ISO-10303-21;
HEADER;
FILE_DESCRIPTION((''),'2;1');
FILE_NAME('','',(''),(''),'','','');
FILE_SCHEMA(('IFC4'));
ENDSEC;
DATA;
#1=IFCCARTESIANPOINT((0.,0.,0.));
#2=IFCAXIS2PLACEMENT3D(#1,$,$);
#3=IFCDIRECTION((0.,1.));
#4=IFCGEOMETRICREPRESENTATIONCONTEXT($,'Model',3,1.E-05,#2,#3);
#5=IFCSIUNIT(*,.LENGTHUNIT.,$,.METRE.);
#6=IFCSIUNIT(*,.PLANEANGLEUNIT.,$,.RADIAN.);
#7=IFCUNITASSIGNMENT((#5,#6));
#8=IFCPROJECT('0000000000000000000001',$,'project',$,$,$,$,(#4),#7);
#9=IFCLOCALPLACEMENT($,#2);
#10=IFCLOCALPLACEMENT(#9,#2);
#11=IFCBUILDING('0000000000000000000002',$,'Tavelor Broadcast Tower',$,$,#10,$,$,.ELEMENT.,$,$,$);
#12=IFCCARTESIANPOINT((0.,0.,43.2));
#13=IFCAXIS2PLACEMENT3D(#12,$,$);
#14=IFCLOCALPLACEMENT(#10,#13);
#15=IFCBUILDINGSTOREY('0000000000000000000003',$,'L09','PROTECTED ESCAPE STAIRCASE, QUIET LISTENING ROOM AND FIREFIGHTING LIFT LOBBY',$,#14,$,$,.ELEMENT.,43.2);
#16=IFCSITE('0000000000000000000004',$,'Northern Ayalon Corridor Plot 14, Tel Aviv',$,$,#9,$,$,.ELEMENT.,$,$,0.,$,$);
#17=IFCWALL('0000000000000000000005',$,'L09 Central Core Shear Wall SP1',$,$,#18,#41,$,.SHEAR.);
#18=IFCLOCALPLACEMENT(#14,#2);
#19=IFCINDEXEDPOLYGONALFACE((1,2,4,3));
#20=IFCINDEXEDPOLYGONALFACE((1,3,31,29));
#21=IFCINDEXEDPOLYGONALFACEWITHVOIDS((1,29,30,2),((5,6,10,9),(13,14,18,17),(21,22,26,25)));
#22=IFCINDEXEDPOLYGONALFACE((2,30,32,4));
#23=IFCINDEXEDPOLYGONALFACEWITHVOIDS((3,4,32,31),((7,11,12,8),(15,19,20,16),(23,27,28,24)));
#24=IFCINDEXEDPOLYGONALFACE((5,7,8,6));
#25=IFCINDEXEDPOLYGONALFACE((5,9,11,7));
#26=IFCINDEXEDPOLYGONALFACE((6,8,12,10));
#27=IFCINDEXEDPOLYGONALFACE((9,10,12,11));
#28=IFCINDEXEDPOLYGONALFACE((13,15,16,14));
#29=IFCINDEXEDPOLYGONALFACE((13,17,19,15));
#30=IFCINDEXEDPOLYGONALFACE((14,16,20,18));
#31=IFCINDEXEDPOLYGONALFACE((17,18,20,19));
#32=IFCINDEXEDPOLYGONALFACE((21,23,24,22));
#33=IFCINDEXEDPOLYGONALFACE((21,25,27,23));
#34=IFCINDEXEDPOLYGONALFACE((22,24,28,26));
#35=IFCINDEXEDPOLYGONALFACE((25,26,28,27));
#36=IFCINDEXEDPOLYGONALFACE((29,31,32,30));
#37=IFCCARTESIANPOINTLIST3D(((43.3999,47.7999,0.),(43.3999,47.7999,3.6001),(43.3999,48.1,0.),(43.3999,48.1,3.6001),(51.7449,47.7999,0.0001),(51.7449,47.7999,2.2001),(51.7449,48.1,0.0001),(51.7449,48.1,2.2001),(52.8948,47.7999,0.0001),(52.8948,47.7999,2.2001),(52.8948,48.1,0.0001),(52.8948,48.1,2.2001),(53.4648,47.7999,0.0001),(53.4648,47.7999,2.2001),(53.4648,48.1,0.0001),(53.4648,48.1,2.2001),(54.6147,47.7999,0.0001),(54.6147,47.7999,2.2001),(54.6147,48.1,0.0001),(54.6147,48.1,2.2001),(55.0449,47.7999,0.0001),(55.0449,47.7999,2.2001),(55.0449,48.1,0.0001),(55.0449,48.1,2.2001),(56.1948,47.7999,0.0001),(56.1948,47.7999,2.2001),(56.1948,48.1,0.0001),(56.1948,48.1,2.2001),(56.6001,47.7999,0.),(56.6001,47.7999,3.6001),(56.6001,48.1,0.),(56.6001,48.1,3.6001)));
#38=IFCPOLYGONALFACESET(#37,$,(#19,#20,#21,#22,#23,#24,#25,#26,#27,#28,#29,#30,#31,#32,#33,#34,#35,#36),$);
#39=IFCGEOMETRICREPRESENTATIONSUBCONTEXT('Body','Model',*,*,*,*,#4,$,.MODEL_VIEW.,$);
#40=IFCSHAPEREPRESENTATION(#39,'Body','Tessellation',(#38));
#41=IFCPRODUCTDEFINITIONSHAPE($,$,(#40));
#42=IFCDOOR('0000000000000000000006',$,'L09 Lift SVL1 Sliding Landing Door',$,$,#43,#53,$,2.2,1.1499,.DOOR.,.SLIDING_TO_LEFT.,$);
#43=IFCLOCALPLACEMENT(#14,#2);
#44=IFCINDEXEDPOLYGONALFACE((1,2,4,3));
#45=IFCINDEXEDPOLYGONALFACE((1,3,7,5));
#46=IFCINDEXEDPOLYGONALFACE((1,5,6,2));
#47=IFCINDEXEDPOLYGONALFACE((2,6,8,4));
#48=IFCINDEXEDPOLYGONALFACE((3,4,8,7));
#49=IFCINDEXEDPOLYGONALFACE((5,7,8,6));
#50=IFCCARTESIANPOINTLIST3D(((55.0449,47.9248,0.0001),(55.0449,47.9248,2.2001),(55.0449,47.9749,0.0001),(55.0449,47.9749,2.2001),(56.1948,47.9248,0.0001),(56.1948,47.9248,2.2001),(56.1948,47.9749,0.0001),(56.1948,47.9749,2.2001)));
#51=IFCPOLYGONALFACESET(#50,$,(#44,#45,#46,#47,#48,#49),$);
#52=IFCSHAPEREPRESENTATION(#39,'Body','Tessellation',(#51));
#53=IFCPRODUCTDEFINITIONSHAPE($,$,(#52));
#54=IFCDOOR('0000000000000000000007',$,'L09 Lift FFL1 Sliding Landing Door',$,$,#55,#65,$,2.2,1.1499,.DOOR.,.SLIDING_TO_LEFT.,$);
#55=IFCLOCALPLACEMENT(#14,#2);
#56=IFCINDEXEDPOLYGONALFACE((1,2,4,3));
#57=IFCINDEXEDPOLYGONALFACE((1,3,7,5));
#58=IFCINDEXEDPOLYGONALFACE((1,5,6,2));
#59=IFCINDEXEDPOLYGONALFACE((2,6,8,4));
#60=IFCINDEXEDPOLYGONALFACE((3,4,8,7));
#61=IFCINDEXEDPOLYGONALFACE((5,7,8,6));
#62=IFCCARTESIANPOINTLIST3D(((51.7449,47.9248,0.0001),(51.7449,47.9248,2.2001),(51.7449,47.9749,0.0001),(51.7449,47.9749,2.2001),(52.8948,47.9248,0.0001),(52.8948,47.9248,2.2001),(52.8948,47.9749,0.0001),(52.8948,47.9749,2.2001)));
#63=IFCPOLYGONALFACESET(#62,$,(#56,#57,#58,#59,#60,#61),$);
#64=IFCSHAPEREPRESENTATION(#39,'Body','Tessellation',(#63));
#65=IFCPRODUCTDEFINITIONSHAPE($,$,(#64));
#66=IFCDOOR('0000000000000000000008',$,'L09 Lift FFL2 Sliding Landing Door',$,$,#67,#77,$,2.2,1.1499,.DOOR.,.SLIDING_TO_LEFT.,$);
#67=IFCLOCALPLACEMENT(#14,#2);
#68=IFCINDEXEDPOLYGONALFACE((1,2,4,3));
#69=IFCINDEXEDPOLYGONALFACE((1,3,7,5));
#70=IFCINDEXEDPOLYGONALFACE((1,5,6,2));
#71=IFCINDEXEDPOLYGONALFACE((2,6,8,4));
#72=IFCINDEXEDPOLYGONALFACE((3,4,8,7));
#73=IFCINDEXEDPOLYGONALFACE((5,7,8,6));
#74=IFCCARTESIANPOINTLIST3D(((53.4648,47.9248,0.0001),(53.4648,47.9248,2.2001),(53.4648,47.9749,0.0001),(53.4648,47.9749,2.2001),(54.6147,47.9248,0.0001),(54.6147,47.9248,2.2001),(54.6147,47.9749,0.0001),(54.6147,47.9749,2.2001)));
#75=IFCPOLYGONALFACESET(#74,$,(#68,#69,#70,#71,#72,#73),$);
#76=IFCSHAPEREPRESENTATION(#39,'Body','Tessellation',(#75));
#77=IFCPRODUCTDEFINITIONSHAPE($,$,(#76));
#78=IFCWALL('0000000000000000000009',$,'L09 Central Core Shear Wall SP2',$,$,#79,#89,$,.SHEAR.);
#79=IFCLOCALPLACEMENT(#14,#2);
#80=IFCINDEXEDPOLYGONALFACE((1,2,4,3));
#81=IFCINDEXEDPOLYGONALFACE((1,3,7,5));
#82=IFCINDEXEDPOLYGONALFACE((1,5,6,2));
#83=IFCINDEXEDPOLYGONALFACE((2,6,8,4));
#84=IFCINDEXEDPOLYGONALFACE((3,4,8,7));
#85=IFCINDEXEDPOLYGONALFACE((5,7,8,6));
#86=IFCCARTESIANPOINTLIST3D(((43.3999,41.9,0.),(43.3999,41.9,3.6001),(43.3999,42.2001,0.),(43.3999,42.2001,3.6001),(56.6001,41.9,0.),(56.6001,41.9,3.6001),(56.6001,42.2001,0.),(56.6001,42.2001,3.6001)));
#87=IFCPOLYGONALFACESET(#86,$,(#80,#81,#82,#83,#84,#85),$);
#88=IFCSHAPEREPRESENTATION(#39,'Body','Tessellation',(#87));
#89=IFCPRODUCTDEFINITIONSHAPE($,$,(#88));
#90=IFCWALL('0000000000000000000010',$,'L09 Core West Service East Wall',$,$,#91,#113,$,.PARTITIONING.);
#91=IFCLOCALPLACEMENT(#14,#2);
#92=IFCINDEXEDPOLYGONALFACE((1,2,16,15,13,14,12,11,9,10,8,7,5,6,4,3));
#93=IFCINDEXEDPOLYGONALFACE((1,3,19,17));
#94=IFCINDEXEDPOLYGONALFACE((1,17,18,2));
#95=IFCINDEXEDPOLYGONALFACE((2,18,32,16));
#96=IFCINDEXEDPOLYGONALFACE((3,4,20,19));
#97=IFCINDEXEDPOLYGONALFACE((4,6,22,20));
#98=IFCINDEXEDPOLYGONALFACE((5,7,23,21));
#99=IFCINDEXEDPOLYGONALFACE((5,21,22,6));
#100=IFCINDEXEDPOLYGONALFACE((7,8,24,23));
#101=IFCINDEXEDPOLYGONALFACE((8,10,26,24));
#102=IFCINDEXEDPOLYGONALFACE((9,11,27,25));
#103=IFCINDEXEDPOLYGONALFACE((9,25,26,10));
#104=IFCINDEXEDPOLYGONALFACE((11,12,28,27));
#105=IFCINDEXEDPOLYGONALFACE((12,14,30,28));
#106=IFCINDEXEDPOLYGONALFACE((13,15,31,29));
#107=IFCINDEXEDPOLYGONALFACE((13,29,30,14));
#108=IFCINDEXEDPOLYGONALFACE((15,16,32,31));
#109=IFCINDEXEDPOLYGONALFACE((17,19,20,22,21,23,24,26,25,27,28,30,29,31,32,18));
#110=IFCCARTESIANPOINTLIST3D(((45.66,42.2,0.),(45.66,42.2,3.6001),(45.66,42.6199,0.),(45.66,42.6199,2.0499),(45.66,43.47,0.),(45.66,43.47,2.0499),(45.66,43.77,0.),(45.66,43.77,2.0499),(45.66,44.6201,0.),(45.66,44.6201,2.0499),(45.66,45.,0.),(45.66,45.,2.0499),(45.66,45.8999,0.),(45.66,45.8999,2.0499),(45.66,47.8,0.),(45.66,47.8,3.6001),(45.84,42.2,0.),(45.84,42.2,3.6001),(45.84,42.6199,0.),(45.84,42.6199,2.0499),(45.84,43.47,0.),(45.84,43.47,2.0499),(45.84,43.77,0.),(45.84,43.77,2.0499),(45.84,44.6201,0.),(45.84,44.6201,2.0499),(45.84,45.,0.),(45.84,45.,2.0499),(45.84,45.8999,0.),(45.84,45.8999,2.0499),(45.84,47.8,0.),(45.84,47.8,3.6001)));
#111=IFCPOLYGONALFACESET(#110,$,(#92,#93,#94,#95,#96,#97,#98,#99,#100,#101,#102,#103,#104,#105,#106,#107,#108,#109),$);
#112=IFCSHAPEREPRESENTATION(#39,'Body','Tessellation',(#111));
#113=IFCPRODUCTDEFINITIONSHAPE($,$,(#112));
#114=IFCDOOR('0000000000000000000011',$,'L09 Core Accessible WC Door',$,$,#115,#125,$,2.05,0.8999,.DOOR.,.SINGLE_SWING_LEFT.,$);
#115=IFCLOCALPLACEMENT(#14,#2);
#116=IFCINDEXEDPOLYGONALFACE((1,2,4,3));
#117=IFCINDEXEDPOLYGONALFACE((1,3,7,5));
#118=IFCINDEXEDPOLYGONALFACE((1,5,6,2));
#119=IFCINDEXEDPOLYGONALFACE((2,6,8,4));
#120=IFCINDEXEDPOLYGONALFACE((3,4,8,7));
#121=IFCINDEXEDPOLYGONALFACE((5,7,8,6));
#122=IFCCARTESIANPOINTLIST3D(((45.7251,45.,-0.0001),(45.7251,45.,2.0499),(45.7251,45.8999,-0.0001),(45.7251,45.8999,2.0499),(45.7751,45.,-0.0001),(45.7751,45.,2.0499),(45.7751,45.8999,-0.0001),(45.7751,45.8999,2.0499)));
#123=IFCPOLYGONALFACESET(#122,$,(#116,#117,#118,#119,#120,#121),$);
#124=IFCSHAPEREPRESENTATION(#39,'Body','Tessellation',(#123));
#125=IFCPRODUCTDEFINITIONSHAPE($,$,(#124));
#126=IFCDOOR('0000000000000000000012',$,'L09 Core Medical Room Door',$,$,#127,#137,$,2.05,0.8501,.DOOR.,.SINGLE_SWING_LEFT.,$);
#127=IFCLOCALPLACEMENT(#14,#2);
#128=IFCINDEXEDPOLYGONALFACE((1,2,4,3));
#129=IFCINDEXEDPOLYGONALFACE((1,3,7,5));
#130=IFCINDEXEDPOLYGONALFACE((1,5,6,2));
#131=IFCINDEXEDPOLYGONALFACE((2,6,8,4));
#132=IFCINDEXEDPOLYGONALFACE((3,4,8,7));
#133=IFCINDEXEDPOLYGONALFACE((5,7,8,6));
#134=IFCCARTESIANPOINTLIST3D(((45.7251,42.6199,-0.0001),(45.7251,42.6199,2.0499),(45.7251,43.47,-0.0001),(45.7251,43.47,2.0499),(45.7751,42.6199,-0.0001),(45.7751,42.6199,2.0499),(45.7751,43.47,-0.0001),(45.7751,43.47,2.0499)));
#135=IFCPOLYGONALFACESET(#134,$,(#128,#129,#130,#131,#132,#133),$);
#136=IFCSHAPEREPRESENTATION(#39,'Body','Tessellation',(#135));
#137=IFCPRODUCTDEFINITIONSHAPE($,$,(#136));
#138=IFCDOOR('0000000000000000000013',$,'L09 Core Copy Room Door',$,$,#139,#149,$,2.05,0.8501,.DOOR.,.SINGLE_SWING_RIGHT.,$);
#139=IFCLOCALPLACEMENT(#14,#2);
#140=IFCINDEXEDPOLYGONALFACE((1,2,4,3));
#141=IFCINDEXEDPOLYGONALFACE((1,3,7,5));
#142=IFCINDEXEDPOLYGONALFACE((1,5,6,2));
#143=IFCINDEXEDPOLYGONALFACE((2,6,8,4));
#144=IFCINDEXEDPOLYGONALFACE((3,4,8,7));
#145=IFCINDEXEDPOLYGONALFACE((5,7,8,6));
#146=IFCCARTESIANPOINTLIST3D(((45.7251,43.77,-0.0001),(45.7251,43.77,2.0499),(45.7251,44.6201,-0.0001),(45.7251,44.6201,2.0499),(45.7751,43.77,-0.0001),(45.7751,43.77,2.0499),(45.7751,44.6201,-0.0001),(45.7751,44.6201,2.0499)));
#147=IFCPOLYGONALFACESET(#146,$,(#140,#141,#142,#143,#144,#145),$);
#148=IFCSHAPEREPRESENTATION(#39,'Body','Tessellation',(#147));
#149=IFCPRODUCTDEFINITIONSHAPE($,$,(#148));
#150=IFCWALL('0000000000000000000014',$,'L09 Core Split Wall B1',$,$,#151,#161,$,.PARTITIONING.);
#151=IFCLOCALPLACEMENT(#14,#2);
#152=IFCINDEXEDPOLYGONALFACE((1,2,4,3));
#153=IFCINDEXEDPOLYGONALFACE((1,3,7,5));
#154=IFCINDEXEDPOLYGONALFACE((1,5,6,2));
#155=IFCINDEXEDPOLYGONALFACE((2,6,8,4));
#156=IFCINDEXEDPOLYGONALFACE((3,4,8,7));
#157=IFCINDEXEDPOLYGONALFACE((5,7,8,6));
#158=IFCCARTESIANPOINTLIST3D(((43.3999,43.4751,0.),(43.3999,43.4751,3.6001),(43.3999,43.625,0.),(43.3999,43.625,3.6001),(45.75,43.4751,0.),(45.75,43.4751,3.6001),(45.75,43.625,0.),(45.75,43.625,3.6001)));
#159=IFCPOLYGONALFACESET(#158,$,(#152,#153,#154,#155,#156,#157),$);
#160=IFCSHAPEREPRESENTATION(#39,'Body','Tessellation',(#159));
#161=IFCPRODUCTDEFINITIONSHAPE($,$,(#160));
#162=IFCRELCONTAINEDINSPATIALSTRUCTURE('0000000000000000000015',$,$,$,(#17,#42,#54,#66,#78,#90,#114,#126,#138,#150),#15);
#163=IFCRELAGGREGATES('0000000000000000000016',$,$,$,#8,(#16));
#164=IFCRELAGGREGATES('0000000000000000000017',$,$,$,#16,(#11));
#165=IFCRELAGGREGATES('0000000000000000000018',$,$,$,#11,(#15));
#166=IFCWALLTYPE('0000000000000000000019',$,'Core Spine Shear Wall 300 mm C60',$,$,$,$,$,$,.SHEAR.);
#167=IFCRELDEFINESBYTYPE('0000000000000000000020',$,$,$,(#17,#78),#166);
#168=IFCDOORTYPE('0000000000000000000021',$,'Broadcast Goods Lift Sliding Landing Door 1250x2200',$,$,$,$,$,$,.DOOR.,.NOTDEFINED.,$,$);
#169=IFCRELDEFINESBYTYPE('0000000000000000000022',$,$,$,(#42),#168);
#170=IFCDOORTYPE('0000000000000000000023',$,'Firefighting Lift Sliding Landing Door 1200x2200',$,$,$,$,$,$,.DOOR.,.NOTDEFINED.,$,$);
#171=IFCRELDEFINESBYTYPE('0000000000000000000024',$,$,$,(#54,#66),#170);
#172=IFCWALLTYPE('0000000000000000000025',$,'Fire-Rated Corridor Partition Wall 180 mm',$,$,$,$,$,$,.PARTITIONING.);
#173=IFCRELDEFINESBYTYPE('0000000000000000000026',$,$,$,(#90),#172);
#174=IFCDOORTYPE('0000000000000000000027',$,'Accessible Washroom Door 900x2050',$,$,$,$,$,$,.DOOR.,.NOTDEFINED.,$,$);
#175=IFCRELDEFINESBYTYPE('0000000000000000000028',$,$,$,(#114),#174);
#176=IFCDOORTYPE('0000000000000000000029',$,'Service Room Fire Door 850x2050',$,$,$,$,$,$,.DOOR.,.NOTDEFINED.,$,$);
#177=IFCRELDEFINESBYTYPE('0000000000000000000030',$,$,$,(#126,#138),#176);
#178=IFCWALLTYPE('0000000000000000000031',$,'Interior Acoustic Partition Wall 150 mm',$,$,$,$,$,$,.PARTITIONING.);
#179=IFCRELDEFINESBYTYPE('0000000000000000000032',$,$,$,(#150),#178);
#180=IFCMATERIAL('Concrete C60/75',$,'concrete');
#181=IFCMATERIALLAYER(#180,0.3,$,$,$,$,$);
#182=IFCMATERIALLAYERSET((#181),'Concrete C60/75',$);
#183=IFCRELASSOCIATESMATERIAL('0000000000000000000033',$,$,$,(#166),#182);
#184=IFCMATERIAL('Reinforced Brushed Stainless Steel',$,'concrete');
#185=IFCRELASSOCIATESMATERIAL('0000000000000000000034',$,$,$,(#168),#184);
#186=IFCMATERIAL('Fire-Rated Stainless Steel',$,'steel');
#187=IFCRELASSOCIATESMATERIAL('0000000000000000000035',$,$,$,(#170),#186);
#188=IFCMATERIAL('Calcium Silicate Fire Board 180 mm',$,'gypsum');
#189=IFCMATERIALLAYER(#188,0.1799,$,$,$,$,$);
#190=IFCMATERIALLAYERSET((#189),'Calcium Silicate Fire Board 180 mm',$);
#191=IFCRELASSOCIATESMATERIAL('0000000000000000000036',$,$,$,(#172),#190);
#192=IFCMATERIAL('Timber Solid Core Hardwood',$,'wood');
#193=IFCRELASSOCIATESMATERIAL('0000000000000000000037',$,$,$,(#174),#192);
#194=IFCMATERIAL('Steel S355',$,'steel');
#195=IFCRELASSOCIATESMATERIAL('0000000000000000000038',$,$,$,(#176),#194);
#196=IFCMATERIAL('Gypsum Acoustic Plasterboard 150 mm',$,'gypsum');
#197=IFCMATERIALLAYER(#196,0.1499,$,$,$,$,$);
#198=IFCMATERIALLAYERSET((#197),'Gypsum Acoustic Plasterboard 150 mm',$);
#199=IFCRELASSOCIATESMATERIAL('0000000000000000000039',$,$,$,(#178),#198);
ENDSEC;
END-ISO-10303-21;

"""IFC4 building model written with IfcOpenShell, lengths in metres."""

from ifc_helpers import new_model, si_unit, direction, frame, frame_2d, origin, place, context, subcontext, project, spatial, rectangle, extrude, material, layer, layer_set, type_object, element, fill, save


model = new_model("IFC4")

# Units and contexts
model_context = context("Model", 3, precision=1e-05, world=origin(), true_north=direction((0.0, 1.0)))
body_context = subcontext(model_context, "Body", "Model", "MODEL_VIEW")
ifc_project = project(units=[si_unit("LENGTHUNIT", "METRE"), si_unit("PLANEANGLEUNIT", "RADIAN")], contexts=[model_context])

# Site, building, storey
site_placement = place(None, origin())
site = spatial("IfcSite", under=ifc_project, at=site_placement, Name="Northern Ayalon Corridor Plot 14, Tel Aviv", CompositionType="ELEMENT", RefElevation=0.0)
building_placement = place(site_placement, origin())
building = spatial("IfcBuilding", under=site, at=building_placement, Name="Tavelor Broadcast Tower", CompositionType="ELEMENT")
storey_placement = place(building_placement, frame((0.0, 0.0, 43.2)))
storey = spatial("IfcBuildingStorey", under=building, at=storey_placement, Name="L09", Description="PROTECTED ESCAPE STAIRCASE, QUIET LISTENING ROOM AND FIREFIGHTING LIFT LOBBY", CompositionType="ELEMENT", Elevation=43.2)

# Shared definitions
ifc_material_1 = material(Name="Concrete C60/75", Category="concrete")

# Shared definitions
ifc_material_2 = material(Name="Steel S355", Category="steel")

# Wall, openings, doors
ifc_layer_1 = layer(ifc_material_1, 0.3)
ifc_layer_set_1 = layer_set([ifc_layer_1], Name="Concrete C60/75")
wall_type_1 = type_object("IfcWallType", Name="Core Spine Shear Wall 300 mm C60", PredefinedType="SHEAR", material=ifc_layer_set_1)
wall_1_placement = place(storey_placement, frame((43.3999, 47.95, 0.0), z_axis=(0.0, 0.0, 1.0), x_axis=(1.0, 0.0, 0.0)))
wall_1 = element("IfcWall", 1, at=wall_1_placement, inside=storey, type_object=wall_type_1, Name="L09 Central Core Shear Wall SP1", PredefinedType="SHEAR", context=body_context, shape_type="SweptSolid", body=[
    extrude(rectangle(XDim=13.2002, YDim=0.3, at=frame_2d((6.6001, 0.0))), origin(), (0.0, 0.0, 1.0), 3.6001),
])
opening_1_placement = place(wall_1_placement, frame((8.345, 0.0, 0.0)))
opening_1 = element("IfcOpeningElement", 2, at=opening_1_placement, cuts=wall_1, PredefinedType="OPENING", context=body_context, shape_type="SweptSolid", body=[
    extrude(rectangle(XDim=1.1499, YDim=2.2, at=frame_2d((0.575, 1.1001))), frame((0.0, 0.1602, 0.0), z_axis=(0.0, -1.0, 0.0), x_axis=(1.0, 0.0, 0.0)), (0.0, 0.0, 1.0), 0.3201),
])
opening_2_placement = place(wall_1_placement, frame((10.0649, 0.0, 0.0)))
opening_2 = element("IfcOpeningElement", 3, at=opening_2_placement, cuts=wall_1, PredefinedType="OPENING", context=body_context, shape_type="SweptSolid", body=[
    extrude(rectangle(XDim=1.1499, YDim=2.2, at=frame_2d((0.575, 1.1001))), frame((0.0, 0.1602, 0.0), z_axis=(0.0, -1.0, 0.0), x_axis=(1.0, 0.0, 0.0)), (0.0, 0.0, 1.0), 0.3201),
])
opening_3_placement = place(wall_1_placement, frame((11.645, 0.0, 0.0)))
opening_3 = element("IfcOpeningElement", 4, at=opening_3_placement, cuts=wall_1, PredefinedType="OPENING", context=body_context, shape_type="SweptSolid", body=[
    extrude(rectangle(XDim=1.1499, YDim=2.2, at=frame_2d((0.575, 1.1001))), frame((0.0, 0.1602, 0.0), z_axis=(0.0, -1.0, 0.0), x_axis=(1.0, 0.0, 0.0)), (0.0, 0.0, 1.0), 0.3201),
])
ifc_material_3 = material(Name="Reinforced Brushed Stainless Steel", Category="concrete")
door_type_1 = type_object("IfcDoorType", Name="Broadcast Goods Lift Sliding Landing Door 1250x2200", OperationType="NOTDEFINED", PredefinedType="DOOR", material=ifc_material_3)
door_1_placement = place(opening_3_placement, origin())
door_1 = element("IfcDoor", 5, at=door_1_placement, inside=storey, type_object=door_type_1, Name="L09 Lift SVL1 Sliding Landing Door", OperationType="SLIDING_TO_LEFT", OverallHeight=2.2, OverallWidth=1.1499, PredefinedType="DOOR", context=body_context, shape_type="SweptSolid", body=[
    extrude(rectangle(XDim=1.1499, YDim=2.2, at=frame_2d((0.575, 1.1001))), frame((0.0, 0.0249, 0.0), z_axis=(0.0, -1.0, 0.0), x_axis=(1.0, 0.0, 0.0)), (0.0, 0.0, 1.0), 0.05),
])
fill(opening_3, door_1)
ifc_material_4 = material(Name="Fire-Rated Stainless Steel", Category="steel")
door_type_2 = type_object("IfcDoorType", Name="Firefighting Lift Sliding Landing Door 1200x2200", OperationType="NOTDEFINED", PredefinedType="DOOR", material=ifc_material_4)
door_2_placement = place(opening_1_placement, origin())
door_2 = element("IfcDoor", 6, at=door_2_placement, inside=storey, type_object=door_type_2, Name="L09 Lift FFL1 Sliding Landing Door", OperationType="SLIDING_TO_LEFT", OverallHeight=2.2, OverallWidth=1.1499, PredefinedType="DOOR", context=body_context, shape_type="SweptSolid", body=[
    extrude(rectangle(XDim=1.1499, YDim=2.2, at=frame_2d((0.575, 1.1001))), frame((0.0, 0.0249, 0.0), z_axis=(0.0, -1.0, 0.0), x_axis=(1.0, 0.0, 0.0)), (0.0, 0.0, 1.0), 0.05),
])
fill(opening_1, door_2)
door_3_placement = place(opening_2_placement, origin())
door_3 = element("IfcDoor", 7, at=door_3_placement, inside=storey, type_object=door_type_2, Name="L09 Lift FFL2 Sliding Landing Door", OperationType="SLIDING_TO_LEFT", OverallHeight=2.2, OverallWidth=1.1499, PredefinedType="DOOR", context=body_context, shape_type="SweptSolid", body=[
    extrude(rectangle(XDim=1.1499, YDim=2.2, at=frame_2d((0.575, 1.1001))), frame((0.0, 0.0249, 0.0), z_axis=(0.0, -1.0, 0.0), x_axis=(1.0, 0.0, 0.0)), (0.0, 0.0, 1.0), 0.05),
])
fill(opening_2, door_3)

# Wall
wall_2_placement = place(storey_placement, frame((43.3999, 42.05, 0.0), z_axis=(0.0, 0.0, 1.0), x_axis=(1.0, 0.0, 0.0)))
element("IfcWall", 8, at=wall_2_placement, inside=storey, type_object=wall_type_1, Name="L09 Central Core Shear Wall SP2", PredefinedType="SHEAR", context=body_context, shape_type="SweptSolid", body=[
    extrude(rectangle(XDim=13.2002, YDim=0.3, at=frame_2d((6.6001, 0.0))), origin(), (0.0, 0.0, 1.0), 3.6001),
])

# Wall, openings, doors
ifc_material_5 = material(Name="Calcium Silicate Fire Board 180 mm", Category="gypsum")
ifc_layer_2 = layer(ifc_material_5, 0.1799)
ifc_layer_set_2 = layer_set([ifc_layer_2], Name="Calcium Silicate Fire Board 180 mm")
wall_type_2 = type_object("IfcWallType", Name="Fire-Rated Corridor Partition Wall 180 mm", PredefinedType="PARTITIONING", material=ifc_layer_set_2)
wall_3_placement = place(storey_placement, frame((45.75, 42.2, 0.0), z_axis=(0.0, 0.0, 1.0), x_axis=(0.0, 1.0, 0.0)))
wall_3 = element("IfcWall", 9, at=wall_3_placement, inside=storey, type_object=wall_type_2, Name="L09 Core West Service East Wall", PredefinedType="PARTITIONING", context=body_context, shape_type="SweptSolid", body=[
    extrude(rectangle(XDim=5.6001, YDim=0.1799, at=frame_2d((2.8, 0.0))), origin(), (0.0, 0.0, 1.0), 3.6001),
])
opening_4_placement = place(wall_3_placement, frame((0.4199, 0.0, 0.0)))
opening_4 = element("IfcOpeningElement", 10, at=opening_4_placement, cuts=wall_3, PredefinedType="OPENING", context=body_context, shape_type="SweptSolid", body=[
    extrude(rectangle(XDim=0.8501, YDim=2.05, at=frame_2d((0.425, 1.0249))), frame((0.0, 0.1001, 0.0), z_axis=(0.0, -1.0, 0.0), x_axis=(1.0, 0.0, 0.0)), (0.0, 0.0, 1.0), 0.2),
])
opening_5_placement = place(wall_3_placement, frame((1.5701, 0.0, 0.0)))
opening_5 = element("IfcOpeningElement", 11, at=opening_5_placement, cuts=wall_3, PredefinedType="OPENING", context=body_context, shape_type="SweptSolid", body=[
    extrude(rectangle(XDim=0.8501, YDim=2.05, at=frame_2d((0.425, 1.0249))), frame((0.0, 0.1001, 0.0), z_axis=(0.0, -1.0, 0.0), x_axis=(1.0, 0.0, 0.0)), (0.0, 0.0, 1.0), 0.2),
])
opening_6_placement = place(wall_3_placement, frame((2.8, 0.0, 0.0)))
opening_6 = element("IfcOpeningElement", 12, at=opening_6_placement, cuts=wall_3, PredefinedType="OPENING", context=body_context, shape_type="SweptSolid", body=[
    extrude(rectangle(XDim=0.8999, YDim=2.05, at=frame_2d((0.45, 1.0249))), frame((0.0, 0.1001, 0.0), z_axis=(0.0, -1.0, 0.0), x_axis=(1.0, 0.0, 0.0)), (0.0, 0.0, 1.0), 0.2),
])
ifc_material_6 = material(Name="Timber Solid Core Hardwood", Category="wood")
door_type_3 = type_object("IfcDoorType", Name="Accessible Washroom Door 900x2050", OperationType="NOTDEFINED", PredefinedType="DOOR", material=ifc_material_6)
door_4_placement = place(opening_6_placement, origin())
door_4 = element("IfcDoor", 13, at=door_4_placement, inside=storey, type_object=door_type_3, Name="L09 Core Accessible WC Door", OperationType="SINGLE_SWING_LEFT", OverallHeight=2.05, OverallWidth=0.8999, PredefinedType="DOOR", context=body_context, shape_type="SweptSolid", body=[
    extrude(rectangle(XDim=0.8999, YDim=2.05, at=frame_2d((0.45, 1.0249))), frame((0.0, 0.0249, 0.0), z_axis=(0.0, -1.0, 0.0), x_axis=(1.0, 0.0, 0.0)), (0.0, 0.0, 1.0), 0.05),
])
fill(opening_6, door_4)
door_type_4 = type_object("IfcDoorType", Name="Service Room Fire Door 850x2050", OperationType="NOTDEFINED", PredefinedType="DOOR", material=ifc_material_2)
door_5_placement = place(opening_4_placement, origin())
door_5 = element("IfcDoor", 14, at=door_5_placement, inside=storey, type_object=door_type_4, Name="L09 Core Medical Room Door", OperationType="SINGLE_SWING_LEFT", OverallHeight=2.05, OverallWidth=0.8501, PredefinedType="DOOR", context=body_context, shape_type="SweptSolid", body=[
    extrude(rectangle(XDim=0.8501, YDim=2.05, at=frame_2d((0.425, 1.0249))), frame((0.0, 0.0249, 0.0), z_axis=(0.0, -1.0, 0.0), x_axis=(1.0, 0.0, 0.0)), (0.0, 0.0, 1.0), 0.05),
])
fill(opening_4, door_5)
door_6_placement = place(opening_5_placement, origin())
door_6 = element("IfcDoor", 15, at=door_6_placement, inside=storey, type_object=door_type_4, Name="L09 Core Copy Room Door", OperationType="SINGLE_SWING_RIGHT", OverallHeight=2.05, OverallWidth=0.8501, PredefinedType="DOOR", context=body_context, shape_type="SweptSolid", body=[
    extrude(rectangle(XDim=0.8501, YDim=2.05, at=frame_2d((0.425, 1.0249))), frame((0.0, 0.0249, 0.0), z_axis=(0.0, -1.0, 0.0), x_axis=(1.0, 0.0, 0.0)), (0.0, 0.0, 1.0), 0.05),
])
fill(opening_5, door_6)

# Wall
ifc_material_7 = material(Name="Gypsum Acoustic Plasterboard 150 mm", Category="gypsum")
ifc_layer_3 = layer(ifc_material_7, 0.1499)
ifc_layer_set_3 = layer_set([ifc_layer_3], Name="Gypsum Acoustic Plasterboard 150 mm")
wall_type_3 = type_object("IfcWallType", Name="Interior Acoustic Partition Wall 150 mm", PredefinedType="PARTITIONING", material=ifc_layer_set_3)
for number, where, z_axis, x_axis, name in (
    (16, (43.3999, 43.55, 0.0), (0.0, 0.0, 1.0), (1.0, 0.0, 0.0), "L09 Core Split Wall B1"),
):
    element("IfcWall", number, at=place(storey_placement, frame(where, z_axis=z_axis, x_axis=x_axis)), inside=storey, type_object=wall_type_3, Name=name, PredefinedType="PARTITIONING", context=body_context, shape_type="SweptSolid", body=[
        extrude(rectangle(XDim=2.3501, YDim=0.1499, at=frame_2d((1.175, 0.0))), origin(), (0.0, 0.0, 1.0), 3.6001),
    ])

save(model, "model.ifc")
